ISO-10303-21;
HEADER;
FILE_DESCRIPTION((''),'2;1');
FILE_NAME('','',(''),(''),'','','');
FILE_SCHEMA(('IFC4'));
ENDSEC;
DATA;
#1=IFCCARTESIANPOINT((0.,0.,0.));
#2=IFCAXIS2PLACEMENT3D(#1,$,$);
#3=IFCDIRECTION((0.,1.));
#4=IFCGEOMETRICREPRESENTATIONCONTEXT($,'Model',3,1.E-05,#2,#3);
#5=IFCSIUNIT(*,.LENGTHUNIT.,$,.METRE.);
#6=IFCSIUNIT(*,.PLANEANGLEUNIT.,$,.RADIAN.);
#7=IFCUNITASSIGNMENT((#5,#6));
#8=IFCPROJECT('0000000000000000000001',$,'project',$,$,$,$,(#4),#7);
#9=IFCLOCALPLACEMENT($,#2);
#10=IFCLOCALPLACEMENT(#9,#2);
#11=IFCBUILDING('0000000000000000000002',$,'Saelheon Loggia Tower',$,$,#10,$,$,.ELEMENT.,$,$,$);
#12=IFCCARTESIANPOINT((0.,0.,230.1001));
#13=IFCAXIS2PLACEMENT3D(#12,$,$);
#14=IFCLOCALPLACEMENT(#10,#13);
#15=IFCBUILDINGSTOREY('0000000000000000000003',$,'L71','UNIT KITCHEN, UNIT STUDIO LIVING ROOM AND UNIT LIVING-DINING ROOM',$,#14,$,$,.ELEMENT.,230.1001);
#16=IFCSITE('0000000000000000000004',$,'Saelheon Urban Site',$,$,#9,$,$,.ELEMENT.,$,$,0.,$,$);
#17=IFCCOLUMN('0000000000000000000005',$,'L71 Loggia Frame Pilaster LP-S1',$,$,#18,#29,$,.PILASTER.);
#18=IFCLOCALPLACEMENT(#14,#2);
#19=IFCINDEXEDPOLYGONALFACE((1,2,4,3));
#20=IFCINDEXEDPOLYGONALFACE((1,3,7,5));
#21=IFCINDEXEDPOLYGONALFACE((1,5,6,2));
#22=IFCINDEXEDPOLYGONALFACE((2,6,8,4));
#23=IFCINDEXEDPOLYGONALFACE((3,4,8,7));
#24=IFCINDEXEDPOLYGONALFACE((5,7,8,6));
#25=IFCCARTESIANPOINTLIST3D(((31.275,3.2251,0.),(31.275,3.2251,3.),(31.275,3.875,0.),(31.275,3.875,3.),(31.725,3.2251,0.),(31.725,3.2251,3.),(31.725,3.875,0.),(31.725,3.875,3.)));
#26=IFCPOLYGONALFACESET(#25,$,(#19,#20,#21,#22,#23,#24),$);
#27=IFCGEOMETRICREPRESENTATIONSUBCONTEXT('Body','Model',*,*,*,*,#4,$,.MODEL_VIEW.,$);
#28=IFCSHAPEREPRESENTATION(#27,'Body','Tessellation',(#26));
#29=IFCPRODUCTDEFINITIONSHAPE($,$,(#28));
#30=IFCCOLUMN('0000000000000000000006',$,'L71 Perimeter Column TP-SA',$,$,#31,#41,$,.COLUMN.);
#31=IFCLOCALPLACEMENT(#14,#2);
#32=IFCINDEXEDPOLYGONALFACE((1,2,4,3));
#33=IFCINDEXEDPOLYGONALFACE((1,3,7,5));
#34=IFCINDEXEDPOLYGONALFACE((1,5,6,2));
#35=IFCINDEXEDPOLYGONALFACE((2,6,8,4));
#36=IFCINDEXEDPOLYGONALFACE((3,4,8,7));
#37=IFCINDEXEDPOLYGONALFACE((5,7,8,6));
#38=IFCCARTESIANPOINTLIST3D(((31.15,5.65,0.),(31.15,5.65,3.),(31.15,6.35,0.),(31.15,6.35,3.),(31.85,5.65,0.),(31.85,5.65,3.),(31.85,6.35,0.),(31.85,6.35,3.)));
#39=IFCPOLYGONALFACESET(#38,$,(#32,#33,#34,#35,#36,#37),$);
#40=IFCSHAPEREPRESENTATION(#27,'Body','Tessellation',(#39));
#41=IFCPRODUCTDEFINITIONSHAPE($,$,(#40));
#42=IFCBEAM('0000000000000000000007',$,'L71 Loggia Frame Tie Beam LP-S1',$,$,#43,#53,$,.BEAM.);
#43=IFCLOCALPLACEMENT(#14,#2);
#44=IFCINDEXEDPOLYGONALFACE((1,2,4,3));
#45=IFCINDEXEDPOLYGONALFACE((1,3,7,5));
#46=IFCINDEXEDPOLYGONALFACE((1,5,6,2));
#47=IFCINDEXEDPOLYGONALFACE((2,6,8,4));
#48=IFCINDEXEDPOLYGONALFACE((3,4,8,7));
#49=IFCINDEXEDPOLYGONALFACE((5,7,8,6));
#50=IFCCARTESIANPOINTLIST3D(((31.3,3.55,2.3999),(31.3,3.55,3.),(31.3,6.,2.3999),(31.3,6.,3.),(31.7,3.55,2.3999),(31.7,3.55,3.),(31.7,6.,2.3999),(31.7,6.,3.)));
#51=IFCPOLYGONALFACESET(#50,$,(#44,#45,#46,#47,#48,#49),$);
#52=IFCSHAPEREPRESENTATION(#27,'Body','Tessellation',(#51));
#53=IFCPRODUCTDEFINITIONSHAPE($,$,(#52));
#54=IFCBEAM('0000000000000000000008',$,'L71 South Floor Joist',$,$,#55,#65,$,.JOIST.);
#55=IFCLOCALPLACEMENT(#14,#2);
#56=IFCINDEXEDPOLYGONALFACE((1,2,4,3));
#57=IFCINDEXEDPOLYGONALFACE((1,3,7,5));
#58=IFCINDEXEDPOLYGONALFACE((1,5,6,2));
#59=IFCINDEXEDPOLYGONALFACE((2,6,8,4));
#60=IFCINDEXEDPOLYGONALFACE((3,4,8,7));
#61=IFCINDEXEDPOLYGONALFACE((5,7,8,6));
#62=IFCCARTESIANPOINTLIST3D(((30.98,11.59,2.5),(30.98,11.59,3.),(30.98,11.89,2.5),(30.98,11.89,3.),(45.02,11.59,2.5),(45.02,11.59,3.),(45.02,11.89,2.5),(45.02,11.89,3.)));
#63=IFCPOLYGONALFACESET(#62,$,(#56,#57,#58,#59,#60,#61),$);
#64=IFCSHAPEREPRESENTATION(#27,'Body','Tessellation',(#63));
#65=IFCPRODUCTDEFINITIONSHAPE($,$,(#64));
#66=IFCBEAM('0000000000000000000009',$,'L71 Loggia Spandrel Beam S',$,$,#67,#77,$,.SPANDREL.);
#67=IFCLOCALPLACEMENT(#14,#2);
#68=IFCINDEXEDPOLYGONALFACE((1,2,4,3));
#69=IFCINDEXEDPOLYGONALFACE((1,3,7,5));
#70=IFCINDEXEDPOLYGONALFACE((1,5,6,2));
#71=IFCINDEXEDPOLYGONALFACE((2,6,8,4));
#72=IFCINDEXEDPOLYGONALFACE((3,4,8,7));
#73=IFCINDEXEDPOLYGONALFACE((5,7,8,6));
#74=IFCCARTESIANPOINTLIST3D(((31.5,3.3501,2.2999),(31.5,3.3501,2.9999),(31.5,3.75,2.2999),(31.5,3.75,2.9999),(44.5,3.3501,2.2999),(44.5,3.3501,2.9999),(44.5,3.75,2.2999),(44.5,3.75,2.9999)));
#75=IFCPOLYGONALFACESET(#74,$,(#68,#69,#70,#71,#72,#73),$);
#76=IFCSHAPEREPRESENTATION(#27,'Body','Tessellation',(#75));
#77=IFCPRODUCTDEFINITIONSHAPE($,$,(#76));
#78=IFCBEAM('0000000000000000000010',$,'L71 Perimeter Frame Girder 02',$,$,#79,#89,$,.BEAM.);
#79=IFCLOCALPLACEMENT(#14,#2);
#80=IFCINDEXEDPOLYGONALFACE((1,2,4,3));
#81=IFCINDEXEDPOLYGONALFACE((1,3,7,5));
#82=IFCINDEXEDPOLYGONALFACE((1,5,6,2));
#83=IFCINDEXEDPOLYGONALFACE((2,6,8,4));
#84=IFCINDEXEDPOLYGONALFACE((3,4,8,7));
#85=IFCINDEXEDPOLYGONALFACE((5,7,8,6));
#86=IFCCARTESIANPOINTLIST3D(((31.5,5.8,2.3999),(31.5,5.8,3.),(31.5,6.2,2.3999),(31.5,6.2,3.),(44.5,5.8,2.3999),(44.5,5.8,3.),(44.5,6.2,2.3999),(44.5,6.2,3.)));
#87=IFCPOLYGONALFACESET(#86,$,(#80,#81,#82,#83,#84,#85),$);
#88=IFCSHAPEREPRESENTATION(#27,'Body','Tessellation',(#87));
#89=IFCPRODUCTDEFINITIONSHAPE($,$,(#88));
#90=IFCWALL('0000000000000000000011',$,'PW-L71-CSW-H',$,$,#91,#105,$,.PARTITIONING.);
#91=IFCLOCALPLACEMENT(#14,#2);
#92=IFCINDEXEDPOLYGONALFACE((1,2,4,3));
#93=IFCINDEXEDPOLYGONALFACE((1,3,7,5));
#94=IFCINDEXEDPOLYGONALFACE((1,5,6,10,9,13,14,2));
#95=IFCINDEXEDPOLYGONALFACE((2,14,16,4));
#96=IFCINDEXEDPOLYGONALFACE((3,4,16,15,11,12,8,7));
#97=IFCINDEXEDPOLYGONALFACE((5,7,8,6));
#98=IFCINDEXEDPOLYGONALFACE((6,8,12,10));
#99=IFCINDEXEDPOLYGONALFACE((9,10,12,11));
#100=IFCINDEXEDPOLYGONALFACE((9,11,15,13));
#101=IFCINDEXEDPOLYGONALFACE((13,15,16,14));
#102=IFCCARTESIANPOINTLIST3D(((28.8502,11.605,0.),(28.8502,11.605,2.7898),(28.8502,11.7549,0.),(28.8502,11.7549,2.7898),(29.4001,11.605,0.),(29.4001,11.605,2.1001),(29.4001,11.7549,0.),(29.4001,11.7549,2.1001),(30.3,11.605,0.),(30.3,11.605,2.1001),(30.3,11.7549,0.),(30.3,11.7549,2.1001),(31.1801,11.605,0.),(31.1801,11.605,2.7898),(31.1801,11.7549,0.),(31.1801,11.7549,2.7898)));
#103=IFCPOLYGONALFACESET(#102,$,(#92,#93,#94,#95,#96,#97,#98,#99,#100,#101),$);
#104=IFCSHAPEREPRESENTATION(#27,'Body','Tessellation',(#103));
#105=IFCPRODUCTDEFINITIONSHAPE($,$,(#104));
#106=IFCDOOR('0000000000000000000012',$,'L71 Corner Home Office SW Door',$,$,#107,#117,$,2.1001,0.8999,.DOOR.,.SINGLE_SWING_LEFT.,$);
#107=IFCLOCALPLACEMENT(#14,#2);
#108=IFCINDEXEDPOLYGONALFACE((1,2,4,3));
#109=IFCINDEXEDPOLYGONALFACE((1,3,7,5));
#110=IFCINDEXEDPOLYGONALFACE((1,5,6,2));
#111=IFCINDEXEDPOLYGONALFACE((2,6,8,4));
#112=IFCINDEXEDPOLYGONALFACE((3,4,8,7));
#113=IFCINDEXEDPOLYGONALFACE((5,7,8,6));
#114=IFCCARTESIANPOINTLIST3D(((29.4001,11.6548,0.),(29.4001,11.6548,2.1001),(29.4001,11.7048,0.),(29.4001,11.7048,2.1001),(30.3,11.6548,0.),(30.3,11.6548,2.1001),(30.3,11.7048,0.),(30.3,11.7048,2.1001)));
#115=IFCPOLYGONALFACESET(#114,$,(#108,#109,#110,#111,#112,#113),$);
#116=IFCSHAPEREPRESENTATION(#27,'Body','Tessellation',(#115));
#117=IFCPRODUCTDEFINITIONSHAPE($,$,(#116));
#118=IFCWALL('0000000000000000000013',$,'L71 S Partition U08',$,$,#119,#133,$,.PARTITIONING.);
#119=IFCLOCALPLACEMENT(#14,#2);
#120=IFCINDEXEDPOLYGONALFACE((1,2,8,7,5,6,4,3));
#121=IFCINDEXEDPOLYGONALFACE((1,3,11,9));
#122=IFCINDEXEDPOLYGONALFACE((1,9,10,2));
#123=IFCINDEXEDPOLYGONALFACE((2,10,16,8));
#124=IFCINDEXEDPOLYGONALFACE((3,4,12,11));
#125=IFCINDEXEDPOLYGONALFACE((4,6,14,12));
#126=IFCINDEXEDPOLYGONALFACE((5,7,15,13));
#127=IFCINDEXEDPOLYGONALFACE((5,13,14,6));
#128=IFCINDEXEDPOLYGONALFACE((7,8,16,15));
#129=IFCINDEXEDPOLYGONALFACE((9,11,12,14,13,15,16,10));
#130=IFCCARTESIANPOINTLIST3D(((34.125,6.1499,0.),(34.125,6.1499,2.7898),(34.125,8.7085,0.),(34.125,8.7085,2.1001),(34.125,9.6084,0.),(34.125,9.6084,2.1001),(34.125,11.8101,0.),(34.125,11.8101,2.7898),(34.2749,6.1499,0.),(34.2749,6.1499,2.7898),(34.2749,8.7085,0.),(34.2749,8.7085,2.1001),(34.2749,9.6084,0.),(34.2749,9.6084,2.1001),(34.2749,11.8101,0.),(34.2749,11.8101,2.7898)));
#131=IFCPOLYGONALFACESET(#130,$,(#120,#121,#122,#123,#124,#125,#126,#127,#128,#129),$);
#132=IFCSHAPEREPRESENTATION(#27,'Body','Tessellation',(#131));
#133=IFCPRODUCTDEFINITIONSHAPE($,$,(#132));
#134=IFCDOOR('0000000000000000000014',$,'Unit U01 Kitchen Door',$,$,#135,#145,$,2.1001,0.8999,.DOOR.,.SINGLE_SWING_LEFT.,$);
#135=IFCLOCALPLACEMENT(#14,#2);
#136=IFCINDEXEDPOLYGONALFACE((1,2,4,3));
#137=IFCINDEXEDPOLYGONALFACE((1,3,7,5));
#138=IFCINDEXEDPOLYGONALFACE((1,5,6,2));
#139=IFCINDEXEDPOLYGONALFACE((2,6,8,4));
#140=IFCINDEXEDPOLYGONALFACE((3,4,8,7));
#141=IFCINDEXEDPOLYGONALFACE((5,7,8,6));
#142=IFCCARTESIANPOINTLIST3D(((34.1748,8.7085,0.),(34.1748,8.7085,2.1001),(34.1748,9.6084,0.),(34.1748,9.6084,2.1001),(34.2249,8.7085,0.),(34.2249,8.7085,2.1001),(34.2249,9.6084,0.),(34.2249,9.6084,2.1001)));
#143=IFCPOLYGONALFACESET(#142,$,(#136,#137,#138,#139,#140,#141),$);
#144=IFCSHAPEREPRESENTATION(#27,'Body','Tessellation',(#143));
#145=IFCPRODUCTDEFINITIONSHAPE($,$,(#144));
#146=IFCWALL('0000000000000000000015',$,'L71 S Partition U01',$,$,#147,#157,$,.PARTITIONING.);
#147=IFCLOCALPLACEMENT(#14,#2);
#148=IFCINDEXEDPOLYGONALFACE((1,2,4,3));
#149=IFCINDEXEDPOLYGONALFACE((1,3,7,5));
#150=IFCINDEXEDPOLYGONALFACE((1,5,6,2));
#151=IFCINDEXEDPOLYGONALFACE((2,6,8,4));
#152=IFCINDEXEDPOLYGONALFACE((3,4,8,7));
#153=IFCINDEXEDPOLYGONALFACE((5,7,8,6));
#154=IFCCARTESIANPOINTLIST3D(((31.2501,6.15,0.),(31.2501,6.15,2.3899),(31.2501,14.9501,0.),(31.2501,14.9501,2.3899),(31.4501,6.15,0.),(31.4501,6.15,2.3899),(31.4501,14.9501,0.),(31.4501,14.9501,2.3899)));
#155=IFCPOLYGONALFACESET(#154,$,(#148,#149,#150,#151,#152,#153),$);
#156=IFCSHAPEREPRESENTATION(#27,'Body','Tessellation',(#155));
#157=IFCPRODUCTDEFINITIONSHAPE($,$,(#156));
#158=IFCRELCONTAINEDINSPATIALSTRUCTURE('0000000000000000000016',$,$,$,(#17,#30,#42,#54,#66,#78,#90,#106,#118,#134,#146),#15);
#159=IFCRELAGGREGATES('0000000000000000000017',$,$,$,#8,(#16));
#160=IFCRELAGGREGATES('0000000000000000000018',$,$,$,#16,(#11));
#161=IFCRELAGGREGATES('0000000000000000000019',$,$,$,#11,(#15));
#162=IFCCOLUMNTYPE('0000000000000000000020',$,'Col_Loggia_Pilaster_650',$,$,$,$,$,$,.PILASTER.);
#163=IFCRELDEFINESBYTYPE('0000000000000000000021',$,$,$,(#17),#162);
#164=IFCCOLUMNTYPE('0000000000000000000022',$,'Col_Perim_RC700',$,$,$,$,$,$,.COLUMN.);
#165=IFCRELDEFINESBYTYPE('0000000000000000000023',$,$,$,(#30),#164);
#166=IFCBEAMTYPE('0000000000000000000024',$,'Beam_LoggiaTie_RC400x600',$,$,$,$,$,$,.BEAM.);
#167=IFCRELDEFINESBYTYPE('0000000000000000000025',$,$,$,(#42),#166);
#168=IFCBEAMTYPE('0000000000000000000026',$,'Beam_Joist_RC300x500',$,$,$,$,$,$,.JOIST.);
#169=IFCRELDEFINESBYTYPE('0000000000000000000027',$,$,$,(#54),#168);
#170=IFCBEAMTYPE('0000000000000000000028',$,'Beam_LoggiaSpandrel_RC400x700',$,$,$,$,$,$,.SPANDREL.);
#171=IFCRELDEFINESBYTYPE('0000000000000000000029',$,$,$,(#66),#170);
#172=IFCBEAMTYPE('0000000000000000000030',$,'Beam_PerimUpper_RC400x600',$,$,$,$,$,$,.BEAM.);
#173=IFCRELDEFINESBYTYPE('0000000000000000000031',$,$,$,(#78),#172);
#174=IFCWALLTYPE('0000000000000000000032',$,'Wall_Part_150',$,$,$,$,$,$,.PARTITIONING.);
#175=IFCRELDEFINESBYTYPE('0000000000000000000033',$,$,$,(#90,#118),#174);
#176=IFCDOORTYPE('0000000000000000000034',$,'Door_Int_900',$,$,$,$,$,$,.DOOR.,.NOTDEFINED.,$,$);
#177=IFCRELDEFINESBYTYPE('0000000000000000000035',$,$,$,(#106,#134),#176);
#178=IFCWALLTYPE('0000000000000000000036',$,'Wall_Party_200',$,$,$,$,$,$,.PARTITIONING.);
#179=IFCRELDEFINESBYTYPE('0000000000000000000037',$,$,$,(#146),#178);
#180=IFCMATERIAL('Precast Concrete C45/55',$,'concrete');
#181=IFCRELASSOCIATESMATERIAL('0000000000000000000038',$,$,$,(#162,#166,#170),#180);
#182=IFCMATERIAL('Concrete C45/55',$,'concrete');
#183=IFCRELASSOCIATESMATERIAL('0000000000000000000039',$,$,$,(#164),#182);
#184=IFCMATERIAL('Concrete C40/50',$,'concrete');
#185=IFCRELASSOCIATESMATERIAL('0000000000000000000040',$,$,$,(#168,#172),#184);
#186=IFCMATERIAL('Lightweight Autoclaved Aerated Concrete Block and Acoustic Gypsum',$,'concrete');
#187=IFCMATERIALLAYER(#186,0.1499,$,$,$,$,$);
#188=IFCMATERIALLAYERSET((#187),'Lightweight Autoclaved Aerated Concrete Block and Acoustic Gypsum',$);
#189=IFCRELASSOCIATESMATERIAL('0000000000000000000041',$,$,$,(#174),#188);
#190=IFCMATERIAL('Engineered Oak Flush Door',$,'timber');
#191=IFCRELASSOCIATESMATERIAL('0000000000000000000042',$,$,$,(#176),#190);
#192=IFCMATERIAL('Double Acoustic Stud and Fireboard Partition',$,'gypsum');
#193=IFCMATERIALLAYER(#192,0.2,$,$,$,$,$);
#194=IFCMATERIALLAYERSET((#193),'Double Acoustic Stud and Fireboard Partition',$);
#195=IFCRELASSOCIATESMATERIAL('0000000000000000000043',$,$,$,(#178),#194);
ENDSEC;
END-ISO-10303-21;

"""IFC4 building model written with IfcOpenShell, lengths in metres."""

from ifc_helpers import new_model, si_unit, direction, frame, frame_2d, origin, origin_2d, place, context, subcontext, project, spatial, rectangle, extrude, source, transform, mapped, material, layer, layer_set, material_profile, profile_set, type_object, element, fill, save


model = new_model("IFC4")

# Units and contexts
model_context = context("Model", 3, precision=1e-05, world=origin(), true_north=direction((0.0, 1.0)))
body_context = subcontext(model_context, "Body", "Model", "MODEL_VIEW")
ifc_project = project(units=[si_unit("LENGTHUNIT", "METRE"), si_unit("PLANEANGLEUNIT", "RADIAN")], contexts=[model_context])

# Site, building, storey
site_placement = place(None, origin())
site = spatial("IfcSite", under=ifc_project, at=site_placement, Name="Saelheon Urban Site", CompositionType="ELEMENT", RefElevation=0.0)
building_placement = place(site_placement, origin())
building = spatial("IfcBuilding", under=site, at=building_placement, Name="Saelheon Loggia Tower", CompositionType="ELEMENT")
storey_placement = place(building_placement, frame((0.0, 0.0, 230.1001)))
storey = spatial("IfcBuildingStorey", under=building, at=storey_placement, Name="L71", Description="UNIT KITCHEN, UNIT STUDIO LIVING ROOM AND UNIT LIVING-DINING ROOM", CompositionType="ELEMENT", Elevation=230.1001)

# Columns
ifc_material_1 = material(Name="Precast Concrete C45/55", Category="concrete")
ifc_material_profile_1 = material_profile(ifc_material_1, rectangle(XDim=0.45, YDim=0.6499, at=origin_2d()), Name="RC-450x650")
ifc_profile_set_1 = profile_set([ifc_material_profile_1], Name="Precast Concrete C45/55")
column_type_1 = type_object("IfcColumnType", Name="Col_Loggia_Pilaster_650", PredefinedType="PILASTER", material=ifc_profile_set_1)
shared_shape_1 = source(origin(), body_context, "Body", "SweptSolid", [
    extrude(rectangle(XDim=0.45, YDim=0.6499, at=origin_2d()), origin(), (0.0, 0.0, 1.0), 3.0),
])
column_1_placement = place(storey_placement, frame((31.5, 3.55, 0.0), z_axis=(0.0, 0.0, 1.0), x_axis=(1.0, 0.0, 0.0)))
element("IfcColumn", 1, at=column_1_placement, inside=storey, type_object=column_type_1, Name="L71 Loggia Frame Pilaster LP-S1", PredefinedType="PILASTER", context=body_context, shape_type="MappedRepresentation", body=[
    mapped(shared_shape_1, transform((0.0, 0.0, 0.0), scale=1.0)),
])
ifc_material_2 = material(Name="Concrete C45/55", Category="concrete")
ifc_material_profile_2 = material_profile(ifc_material_2, rectangle(XDim=0.7, YDim=0.7, at=origin_2d()), Name="RC-700x700")
ifc_profile_set_2 = profile_set([ifc_material_profile_2], Name="Concrete C45/55")
column_type_2 = type_object("IfcColumnType", Name="Col_Perim_RC700", PredefinedType="COLUMN", material=ifc_profile_set_2)
shared_shape_2 = source(origin(), body_context, "Body", "SweptSolid", [
    extrude(rectangle(XDim=0.7, YDim=0.7, at=origin_2d()), origin(), (0.0, 0.0, 1.0), 3.0),
])
column_2_placement = place(storey_placement, frame((31.5, 6.0, 0.0), z_axis=(0.0, 0.0, 1.0), x_axis=(1.0, 0.0, 0.0)))
element("IfcColumn", 2, at=column_2_placement, inside=storey, type_object=column_type_2, Name="L71 Perimeter Column TP-SA", PredefinedType="COLUMN", context=body_context, shape_type="MappedRepresentation", body=[
    mapped(shared_shape_2, transform((0.0, 0.0, 0.0), scale=1.0)),
])

# Beams
ifc_material_profile_3 = material_profile(ifc_material_1, rectangle(XDim=0.3999, YDim=0.6001, at=origin_2d()), Name="RC-400x600")
ifc_profile_set_3 = profile_set([ifc_material_profile_3], Name="Precast Concrete C45/55")
beam_type_1 = type_object("IfcBeamType", Name="Beam_LoggiaTie_RC400x600", PredefinedType="BEAM", material=ifc_profile_set_3)
shared_shape_3 = source(origin(), body_context, "Body", "SweptSolid", [
    extrude(rectangle(XDim=0.3999, YDim=0.6001, at=origin_2d()), origin(), (0.0, 0.0, 1.0), 2.45),
])
beam_1_placement = place(storey_placement, frame((31.5, 6.0, 2.7), z_axis=(0.0, -1.0, 0.0), x_axis=(1.0, 0.0, 0.0)))
element("IfcBeam", 3, at=beam_1_placement, inside=storey, type_object=beam_type_1, Name="L71 Loggia Frame Tie Beam LP-S1", PredefinedType="BEAM", context=body_context, shape_type="MappedRepresentation", body=[
    mapped(shared_shape_3, transform((0.0, 0.0, 0.0), scale=1.0)),
])
ifc_material_3 = material(Name="Concrete C40/50", Category="concrete")
ifc_material_profile_4 = material_profile(ifc_material_3, rectangle(XDim=0.3, YDim=0.5, at=origin_2d()), Name="RC-300x500")
ifc_profile_set_4 = profile_set([ifc_material_profile_4], Name="Concrete C40/50")
beam_type_2 = type_object("IfcBeamType", Name="Beam_Joist_RC300x500", PredefinedType="JOIST", material=ifc_profile_set_4)
shared_shape_4 = source(origin(), body_context, "Body", "SweptSolid", [
    extrude(rectangle(XDim=0.3, YDim=0.5, at=origin_2d()), origin(), (0.0, 0.0, 1.0), 14.04),
])
beam_2_placement = place(storey_placement, frame((30.98, 11.74, 2.75), z_axis=(1.0, 0.0, 0.0), x_axis=(0.0, 1.0, 0.0)))
element("IfcBeam", 4, at=beam_2_placement, inside=storey, type_object=beam_type_2, Name="L71 South Floor Joist", PredefinedType="JOIST", context=body_context, shape_type="MappedRepresentation", body=[
    mapped(shared_shape_4, transform((0.0, 0.0, 0.0), scale=1.0)),
])
ifc_material_profile_5 = material_profile(ifc_material_1, rectangle(XDim=0.3999, YDim=0.7, at=origin_2d()), Name="RC-400x700")
ifc_profile_set_5 = profile_set([ifc_material_profile_5], Name="Precast Concrete C45/55")
beam_type_3 = type_object("IfcBeamType", Name="Beam_LoggiaSpandrel_RC400x700", PredefinedType="SPANDREL", material=ifc_profile_set_5)
shared_shape_5 = source(origin(), body_context, "Body", "SweptSolid", [
    extrude(rectangle(XDim=0.3999, YDim=0.7, at=origin_2d()), origin(), (0.0, 0.0, 1.0), 13.0),
])
beam_3_placement = place(storey_placement, frame((31.5, 3.55, 2.6499), z_axis=(1.0, 0.0, 0.0), x_axis=(0.0, 1.0, 0.0)))
element("IfcBeam", 5, at=beam_3_placement, inside=storey, type_object=beam_type_3, Name="L71 Loggia Spandrel Beam S", PredefinedType="SPANDREL", context=body_context, shape_type="MappedRepresentation", body=[
    mapped(shared_shape_5, transform((0.0, 0.0, 0.0), scale=1.0)),
])
ifc_material_profile_6 = material_profile(ifc_material_3, rectangle(XDim=0.3999, YDim=0.6001, at=origin_2d()), Name="RC-400x600")
ifc_profile_set_6 = profile_set([ifc_material_profile_6], Name="Concrete C40/50")
beam_type_4 = type_object("IfcBeamType", Name="Beam_PerimUpper_RC400x600", PredefinedType="BEAM", material=ifc_profile_set_6)
shared_shape_6 = source(origin(), body_context, "Body", "SweptSolid", [
    extrude(rectangle(XDim=0.3999, YDim=0.6001, at=origin_2d()), origin(), (0.0, 0.0, 1.0), 13.0),
])
beam_4_placement = place(storey_placement, frame((31.5, 6.0, 2.7), z_axis=(1.0, 0.0, 0.0), x_axis=(0.0, 1.0, 0.0)))
element("IfcBeam", 6, at=beam_4_placement, inside=storey, type_object=beam_type_4, Name="L71 Perimeter Frame Girder 02", PredefinedType="BEAM", context=body_context, shape_type="MappedRepresentation", body=[
    mapped(shared_shape_6, transform((0.0, 0.0, 0.0), scale=1.0)),
])

# Walls, openings, doors
ifc_material_4 = material(Name="Lightweight Autoclaved Aerated Concrete Block and Acoustic Gypsum", Category="concrete")
ifc_layer_1 = layer(ifc_material_4, 0.1499)
ifc_layer_set_1 = layer_set([ifc_layer_1], Name="Lightweight Autoclaved Aerated Concrete Block and Acoustic Gypsum")
wall_type_1 = type_object("IfcWallType", Name="Wall_Part_150", PredefinedType="PARTITIONING", material=ifc_layer_set_1)
wall_1_placement = place(storey_placement, frame((28.8501, 11.6799, 0.0), z_axis=(0.0, 0.0, 1.0), x_axis=(1.0, 0.0, 0.0)))
wall_1 = element("IfcWall", 7, at=wall_1_placement, inside=storey, type_object=wall_type_1, Name="PW-L71-CSW-H", PredefinedType="PARTITIONING", context=body_context, shape_type="SweptSolid", body=[
    extrude(rectangle(XDim=2.3298, YDim=0.1499, at=frame_2d((1.165, 0.0))), origin(), (0.0, 0.0, 1.0), 2.7898),
])
opening_1_placement = place(wall_1_placement, frame((0.55, 0.0, 0.0)))
opening_1 = element("IfcOpeningElement", 8, at=opening_1_placement, cuts=wall_1, PredefinedType="OPENING", context=body_context, shape_type="SweptSolid", body=[
    extrude(rectangle(XDim=0.8999, YDim=2.1001, at=frame_2d((0.45, 1.05))), frame((0.0, 0.0869, 0.0), z_axis=(0.0, -1.0, 0.0), x_axis=(1.0, 0.0, 0.0)), (0.0, 0.0, 1.0), 0.1738),
])
ifc_material_5 = material(Name="Engineered Oak Flush Door", Category="timber")
door_type_1 = type_object("IfcDoorType", Name="Door_Int_900", OperationType="NOTDEFINED", PredefinedType="DOOR", material=ifc_material_5)
shared_shape_7 = source(origin(), body_context, "Body", "SweptSolid", [
    extrude(rectangle(XDim=0.8999, YDim=2.1001, at=frame_2d((0.45, 1.05))), frame((0.0, 0.0249, 0.0), z_axis=(0.0, -1.0, 0.0), x_axis=(1.0, 0.0, 0.0)), (0.0, 0.0, 1.0), 0.05),
])
door_1_placement = place(opening_1_placement, origin())
door_1 = element("IfcDoor", 9, at=door_1_placement, inside=storey, type_object=door_type_1, Name="L71 Corner Home Office SW Door", OperationType="SINGLE_SWING_LEFT", OverallHeight=2.1001, OverallWidth=0.8999, PredefinedType="DOOR", context=body_context, shape_type="MappedRepresentation", body=[
    mapped(shared_shape_7, transform((0.0, 0.0, 0.0), scale=1.0)),
])
fill(opening_1, door_1)
wall_2_placement = place(storey_placement, frame((34.2, 11.8101, 0.0), z_axis=(0.0, 0.0, 1.0), x_axis=(0.0, -1.0, 0.0)))
wall_2 = element("IfcWall", 10, at=wall_2_placement, inside=storey, type_object=wall_type_1, Name="L71 S Partition U08", PredefinedType="PARTITIONING", context=body_context, shape_type="SweptSolid", body=[
    extrude(rectangle(XDim=5.6602, YDim=0.1499, at=frame_2d((2.8301, 0.0))), origin(), (0.0, 0.0, 1.0), 2.7898),
])
opening_2_placement = place(wall_2_placement, frame((2.2017, 0.0, 0.0)))
opening_2 = element("IfcOpeningElement", 11, at=opening_2_placement, cuts=wall_2, PredefinedType="OPENING", context=body_context, shape_type="SweptSolid", body=[
    extrude(rectangle(XDim=0.8999, YDim=2.1001, at=frame_2d((0.45, 1.05))), frame((0.0, 0.0869, 0.0), z_axis=(0.0, -1.0, 0.0), x_axis=(1.0, 0.0, 0.0)), (0.0, 0.0, 1.0), 0.1738),
])
door_2_placement = place(opening_2_placement, origin())
door_2 = element("IfcDoor", 12, at=door_2_placement, inside=storey, type_object=door_type_1, Name="Unit U01 Kitchen Door", OperationType="SINGLE_SWING_LEFT", OverallHeight=2.1001, OverallWidth=0.8999, PredefinedType="DOOR", context=body_context, shape_type="MappedRepresentation", body=[
    mapped(shared_shape_7, transform((0.0, 0.0, 0.0), scale=1.0)),
])
fill(opening_2, door_2)

# Wall
ifc_material_6 = material(Name="Double Acoustic Stud and Fireboard Partition", Category="gypsum")
ifc_layer_2 = layer(ifc_material_6, 0.2)
ifc_layer_set_2 = layer_set([ifc_layer_2], Name="Double Acoustic Stud and Fireboard Partition")
wall_type_2 = type_object("IfcWallType", Name="Wall_Party_200", PredefinedType="PARTITIONING", material=ifc_layer_set_2)
wall_3_placement = place(storey_placement, frame((31.3501, 14.95, 0.0), z_axis=(0.0, 0.0, 1.0), x_axis=(0.0, -1.0, 0.0)))
element("IfcWall", 13, at=wall_3_placement, inside=storey, type_object=wall_type_2, Name="L71 S Partition U01", PredefinedType="PARTITIONING", context=body_context, shape_type="SweptSolid", body=[
    extrude(rectangle(XDim=8.8, YDim=0.2, at=frame_2d((4.3999, 0.0))), origin(), (0.0, 0.0, 1.0), 2.3899),
])

save(model, "model.ifc")
